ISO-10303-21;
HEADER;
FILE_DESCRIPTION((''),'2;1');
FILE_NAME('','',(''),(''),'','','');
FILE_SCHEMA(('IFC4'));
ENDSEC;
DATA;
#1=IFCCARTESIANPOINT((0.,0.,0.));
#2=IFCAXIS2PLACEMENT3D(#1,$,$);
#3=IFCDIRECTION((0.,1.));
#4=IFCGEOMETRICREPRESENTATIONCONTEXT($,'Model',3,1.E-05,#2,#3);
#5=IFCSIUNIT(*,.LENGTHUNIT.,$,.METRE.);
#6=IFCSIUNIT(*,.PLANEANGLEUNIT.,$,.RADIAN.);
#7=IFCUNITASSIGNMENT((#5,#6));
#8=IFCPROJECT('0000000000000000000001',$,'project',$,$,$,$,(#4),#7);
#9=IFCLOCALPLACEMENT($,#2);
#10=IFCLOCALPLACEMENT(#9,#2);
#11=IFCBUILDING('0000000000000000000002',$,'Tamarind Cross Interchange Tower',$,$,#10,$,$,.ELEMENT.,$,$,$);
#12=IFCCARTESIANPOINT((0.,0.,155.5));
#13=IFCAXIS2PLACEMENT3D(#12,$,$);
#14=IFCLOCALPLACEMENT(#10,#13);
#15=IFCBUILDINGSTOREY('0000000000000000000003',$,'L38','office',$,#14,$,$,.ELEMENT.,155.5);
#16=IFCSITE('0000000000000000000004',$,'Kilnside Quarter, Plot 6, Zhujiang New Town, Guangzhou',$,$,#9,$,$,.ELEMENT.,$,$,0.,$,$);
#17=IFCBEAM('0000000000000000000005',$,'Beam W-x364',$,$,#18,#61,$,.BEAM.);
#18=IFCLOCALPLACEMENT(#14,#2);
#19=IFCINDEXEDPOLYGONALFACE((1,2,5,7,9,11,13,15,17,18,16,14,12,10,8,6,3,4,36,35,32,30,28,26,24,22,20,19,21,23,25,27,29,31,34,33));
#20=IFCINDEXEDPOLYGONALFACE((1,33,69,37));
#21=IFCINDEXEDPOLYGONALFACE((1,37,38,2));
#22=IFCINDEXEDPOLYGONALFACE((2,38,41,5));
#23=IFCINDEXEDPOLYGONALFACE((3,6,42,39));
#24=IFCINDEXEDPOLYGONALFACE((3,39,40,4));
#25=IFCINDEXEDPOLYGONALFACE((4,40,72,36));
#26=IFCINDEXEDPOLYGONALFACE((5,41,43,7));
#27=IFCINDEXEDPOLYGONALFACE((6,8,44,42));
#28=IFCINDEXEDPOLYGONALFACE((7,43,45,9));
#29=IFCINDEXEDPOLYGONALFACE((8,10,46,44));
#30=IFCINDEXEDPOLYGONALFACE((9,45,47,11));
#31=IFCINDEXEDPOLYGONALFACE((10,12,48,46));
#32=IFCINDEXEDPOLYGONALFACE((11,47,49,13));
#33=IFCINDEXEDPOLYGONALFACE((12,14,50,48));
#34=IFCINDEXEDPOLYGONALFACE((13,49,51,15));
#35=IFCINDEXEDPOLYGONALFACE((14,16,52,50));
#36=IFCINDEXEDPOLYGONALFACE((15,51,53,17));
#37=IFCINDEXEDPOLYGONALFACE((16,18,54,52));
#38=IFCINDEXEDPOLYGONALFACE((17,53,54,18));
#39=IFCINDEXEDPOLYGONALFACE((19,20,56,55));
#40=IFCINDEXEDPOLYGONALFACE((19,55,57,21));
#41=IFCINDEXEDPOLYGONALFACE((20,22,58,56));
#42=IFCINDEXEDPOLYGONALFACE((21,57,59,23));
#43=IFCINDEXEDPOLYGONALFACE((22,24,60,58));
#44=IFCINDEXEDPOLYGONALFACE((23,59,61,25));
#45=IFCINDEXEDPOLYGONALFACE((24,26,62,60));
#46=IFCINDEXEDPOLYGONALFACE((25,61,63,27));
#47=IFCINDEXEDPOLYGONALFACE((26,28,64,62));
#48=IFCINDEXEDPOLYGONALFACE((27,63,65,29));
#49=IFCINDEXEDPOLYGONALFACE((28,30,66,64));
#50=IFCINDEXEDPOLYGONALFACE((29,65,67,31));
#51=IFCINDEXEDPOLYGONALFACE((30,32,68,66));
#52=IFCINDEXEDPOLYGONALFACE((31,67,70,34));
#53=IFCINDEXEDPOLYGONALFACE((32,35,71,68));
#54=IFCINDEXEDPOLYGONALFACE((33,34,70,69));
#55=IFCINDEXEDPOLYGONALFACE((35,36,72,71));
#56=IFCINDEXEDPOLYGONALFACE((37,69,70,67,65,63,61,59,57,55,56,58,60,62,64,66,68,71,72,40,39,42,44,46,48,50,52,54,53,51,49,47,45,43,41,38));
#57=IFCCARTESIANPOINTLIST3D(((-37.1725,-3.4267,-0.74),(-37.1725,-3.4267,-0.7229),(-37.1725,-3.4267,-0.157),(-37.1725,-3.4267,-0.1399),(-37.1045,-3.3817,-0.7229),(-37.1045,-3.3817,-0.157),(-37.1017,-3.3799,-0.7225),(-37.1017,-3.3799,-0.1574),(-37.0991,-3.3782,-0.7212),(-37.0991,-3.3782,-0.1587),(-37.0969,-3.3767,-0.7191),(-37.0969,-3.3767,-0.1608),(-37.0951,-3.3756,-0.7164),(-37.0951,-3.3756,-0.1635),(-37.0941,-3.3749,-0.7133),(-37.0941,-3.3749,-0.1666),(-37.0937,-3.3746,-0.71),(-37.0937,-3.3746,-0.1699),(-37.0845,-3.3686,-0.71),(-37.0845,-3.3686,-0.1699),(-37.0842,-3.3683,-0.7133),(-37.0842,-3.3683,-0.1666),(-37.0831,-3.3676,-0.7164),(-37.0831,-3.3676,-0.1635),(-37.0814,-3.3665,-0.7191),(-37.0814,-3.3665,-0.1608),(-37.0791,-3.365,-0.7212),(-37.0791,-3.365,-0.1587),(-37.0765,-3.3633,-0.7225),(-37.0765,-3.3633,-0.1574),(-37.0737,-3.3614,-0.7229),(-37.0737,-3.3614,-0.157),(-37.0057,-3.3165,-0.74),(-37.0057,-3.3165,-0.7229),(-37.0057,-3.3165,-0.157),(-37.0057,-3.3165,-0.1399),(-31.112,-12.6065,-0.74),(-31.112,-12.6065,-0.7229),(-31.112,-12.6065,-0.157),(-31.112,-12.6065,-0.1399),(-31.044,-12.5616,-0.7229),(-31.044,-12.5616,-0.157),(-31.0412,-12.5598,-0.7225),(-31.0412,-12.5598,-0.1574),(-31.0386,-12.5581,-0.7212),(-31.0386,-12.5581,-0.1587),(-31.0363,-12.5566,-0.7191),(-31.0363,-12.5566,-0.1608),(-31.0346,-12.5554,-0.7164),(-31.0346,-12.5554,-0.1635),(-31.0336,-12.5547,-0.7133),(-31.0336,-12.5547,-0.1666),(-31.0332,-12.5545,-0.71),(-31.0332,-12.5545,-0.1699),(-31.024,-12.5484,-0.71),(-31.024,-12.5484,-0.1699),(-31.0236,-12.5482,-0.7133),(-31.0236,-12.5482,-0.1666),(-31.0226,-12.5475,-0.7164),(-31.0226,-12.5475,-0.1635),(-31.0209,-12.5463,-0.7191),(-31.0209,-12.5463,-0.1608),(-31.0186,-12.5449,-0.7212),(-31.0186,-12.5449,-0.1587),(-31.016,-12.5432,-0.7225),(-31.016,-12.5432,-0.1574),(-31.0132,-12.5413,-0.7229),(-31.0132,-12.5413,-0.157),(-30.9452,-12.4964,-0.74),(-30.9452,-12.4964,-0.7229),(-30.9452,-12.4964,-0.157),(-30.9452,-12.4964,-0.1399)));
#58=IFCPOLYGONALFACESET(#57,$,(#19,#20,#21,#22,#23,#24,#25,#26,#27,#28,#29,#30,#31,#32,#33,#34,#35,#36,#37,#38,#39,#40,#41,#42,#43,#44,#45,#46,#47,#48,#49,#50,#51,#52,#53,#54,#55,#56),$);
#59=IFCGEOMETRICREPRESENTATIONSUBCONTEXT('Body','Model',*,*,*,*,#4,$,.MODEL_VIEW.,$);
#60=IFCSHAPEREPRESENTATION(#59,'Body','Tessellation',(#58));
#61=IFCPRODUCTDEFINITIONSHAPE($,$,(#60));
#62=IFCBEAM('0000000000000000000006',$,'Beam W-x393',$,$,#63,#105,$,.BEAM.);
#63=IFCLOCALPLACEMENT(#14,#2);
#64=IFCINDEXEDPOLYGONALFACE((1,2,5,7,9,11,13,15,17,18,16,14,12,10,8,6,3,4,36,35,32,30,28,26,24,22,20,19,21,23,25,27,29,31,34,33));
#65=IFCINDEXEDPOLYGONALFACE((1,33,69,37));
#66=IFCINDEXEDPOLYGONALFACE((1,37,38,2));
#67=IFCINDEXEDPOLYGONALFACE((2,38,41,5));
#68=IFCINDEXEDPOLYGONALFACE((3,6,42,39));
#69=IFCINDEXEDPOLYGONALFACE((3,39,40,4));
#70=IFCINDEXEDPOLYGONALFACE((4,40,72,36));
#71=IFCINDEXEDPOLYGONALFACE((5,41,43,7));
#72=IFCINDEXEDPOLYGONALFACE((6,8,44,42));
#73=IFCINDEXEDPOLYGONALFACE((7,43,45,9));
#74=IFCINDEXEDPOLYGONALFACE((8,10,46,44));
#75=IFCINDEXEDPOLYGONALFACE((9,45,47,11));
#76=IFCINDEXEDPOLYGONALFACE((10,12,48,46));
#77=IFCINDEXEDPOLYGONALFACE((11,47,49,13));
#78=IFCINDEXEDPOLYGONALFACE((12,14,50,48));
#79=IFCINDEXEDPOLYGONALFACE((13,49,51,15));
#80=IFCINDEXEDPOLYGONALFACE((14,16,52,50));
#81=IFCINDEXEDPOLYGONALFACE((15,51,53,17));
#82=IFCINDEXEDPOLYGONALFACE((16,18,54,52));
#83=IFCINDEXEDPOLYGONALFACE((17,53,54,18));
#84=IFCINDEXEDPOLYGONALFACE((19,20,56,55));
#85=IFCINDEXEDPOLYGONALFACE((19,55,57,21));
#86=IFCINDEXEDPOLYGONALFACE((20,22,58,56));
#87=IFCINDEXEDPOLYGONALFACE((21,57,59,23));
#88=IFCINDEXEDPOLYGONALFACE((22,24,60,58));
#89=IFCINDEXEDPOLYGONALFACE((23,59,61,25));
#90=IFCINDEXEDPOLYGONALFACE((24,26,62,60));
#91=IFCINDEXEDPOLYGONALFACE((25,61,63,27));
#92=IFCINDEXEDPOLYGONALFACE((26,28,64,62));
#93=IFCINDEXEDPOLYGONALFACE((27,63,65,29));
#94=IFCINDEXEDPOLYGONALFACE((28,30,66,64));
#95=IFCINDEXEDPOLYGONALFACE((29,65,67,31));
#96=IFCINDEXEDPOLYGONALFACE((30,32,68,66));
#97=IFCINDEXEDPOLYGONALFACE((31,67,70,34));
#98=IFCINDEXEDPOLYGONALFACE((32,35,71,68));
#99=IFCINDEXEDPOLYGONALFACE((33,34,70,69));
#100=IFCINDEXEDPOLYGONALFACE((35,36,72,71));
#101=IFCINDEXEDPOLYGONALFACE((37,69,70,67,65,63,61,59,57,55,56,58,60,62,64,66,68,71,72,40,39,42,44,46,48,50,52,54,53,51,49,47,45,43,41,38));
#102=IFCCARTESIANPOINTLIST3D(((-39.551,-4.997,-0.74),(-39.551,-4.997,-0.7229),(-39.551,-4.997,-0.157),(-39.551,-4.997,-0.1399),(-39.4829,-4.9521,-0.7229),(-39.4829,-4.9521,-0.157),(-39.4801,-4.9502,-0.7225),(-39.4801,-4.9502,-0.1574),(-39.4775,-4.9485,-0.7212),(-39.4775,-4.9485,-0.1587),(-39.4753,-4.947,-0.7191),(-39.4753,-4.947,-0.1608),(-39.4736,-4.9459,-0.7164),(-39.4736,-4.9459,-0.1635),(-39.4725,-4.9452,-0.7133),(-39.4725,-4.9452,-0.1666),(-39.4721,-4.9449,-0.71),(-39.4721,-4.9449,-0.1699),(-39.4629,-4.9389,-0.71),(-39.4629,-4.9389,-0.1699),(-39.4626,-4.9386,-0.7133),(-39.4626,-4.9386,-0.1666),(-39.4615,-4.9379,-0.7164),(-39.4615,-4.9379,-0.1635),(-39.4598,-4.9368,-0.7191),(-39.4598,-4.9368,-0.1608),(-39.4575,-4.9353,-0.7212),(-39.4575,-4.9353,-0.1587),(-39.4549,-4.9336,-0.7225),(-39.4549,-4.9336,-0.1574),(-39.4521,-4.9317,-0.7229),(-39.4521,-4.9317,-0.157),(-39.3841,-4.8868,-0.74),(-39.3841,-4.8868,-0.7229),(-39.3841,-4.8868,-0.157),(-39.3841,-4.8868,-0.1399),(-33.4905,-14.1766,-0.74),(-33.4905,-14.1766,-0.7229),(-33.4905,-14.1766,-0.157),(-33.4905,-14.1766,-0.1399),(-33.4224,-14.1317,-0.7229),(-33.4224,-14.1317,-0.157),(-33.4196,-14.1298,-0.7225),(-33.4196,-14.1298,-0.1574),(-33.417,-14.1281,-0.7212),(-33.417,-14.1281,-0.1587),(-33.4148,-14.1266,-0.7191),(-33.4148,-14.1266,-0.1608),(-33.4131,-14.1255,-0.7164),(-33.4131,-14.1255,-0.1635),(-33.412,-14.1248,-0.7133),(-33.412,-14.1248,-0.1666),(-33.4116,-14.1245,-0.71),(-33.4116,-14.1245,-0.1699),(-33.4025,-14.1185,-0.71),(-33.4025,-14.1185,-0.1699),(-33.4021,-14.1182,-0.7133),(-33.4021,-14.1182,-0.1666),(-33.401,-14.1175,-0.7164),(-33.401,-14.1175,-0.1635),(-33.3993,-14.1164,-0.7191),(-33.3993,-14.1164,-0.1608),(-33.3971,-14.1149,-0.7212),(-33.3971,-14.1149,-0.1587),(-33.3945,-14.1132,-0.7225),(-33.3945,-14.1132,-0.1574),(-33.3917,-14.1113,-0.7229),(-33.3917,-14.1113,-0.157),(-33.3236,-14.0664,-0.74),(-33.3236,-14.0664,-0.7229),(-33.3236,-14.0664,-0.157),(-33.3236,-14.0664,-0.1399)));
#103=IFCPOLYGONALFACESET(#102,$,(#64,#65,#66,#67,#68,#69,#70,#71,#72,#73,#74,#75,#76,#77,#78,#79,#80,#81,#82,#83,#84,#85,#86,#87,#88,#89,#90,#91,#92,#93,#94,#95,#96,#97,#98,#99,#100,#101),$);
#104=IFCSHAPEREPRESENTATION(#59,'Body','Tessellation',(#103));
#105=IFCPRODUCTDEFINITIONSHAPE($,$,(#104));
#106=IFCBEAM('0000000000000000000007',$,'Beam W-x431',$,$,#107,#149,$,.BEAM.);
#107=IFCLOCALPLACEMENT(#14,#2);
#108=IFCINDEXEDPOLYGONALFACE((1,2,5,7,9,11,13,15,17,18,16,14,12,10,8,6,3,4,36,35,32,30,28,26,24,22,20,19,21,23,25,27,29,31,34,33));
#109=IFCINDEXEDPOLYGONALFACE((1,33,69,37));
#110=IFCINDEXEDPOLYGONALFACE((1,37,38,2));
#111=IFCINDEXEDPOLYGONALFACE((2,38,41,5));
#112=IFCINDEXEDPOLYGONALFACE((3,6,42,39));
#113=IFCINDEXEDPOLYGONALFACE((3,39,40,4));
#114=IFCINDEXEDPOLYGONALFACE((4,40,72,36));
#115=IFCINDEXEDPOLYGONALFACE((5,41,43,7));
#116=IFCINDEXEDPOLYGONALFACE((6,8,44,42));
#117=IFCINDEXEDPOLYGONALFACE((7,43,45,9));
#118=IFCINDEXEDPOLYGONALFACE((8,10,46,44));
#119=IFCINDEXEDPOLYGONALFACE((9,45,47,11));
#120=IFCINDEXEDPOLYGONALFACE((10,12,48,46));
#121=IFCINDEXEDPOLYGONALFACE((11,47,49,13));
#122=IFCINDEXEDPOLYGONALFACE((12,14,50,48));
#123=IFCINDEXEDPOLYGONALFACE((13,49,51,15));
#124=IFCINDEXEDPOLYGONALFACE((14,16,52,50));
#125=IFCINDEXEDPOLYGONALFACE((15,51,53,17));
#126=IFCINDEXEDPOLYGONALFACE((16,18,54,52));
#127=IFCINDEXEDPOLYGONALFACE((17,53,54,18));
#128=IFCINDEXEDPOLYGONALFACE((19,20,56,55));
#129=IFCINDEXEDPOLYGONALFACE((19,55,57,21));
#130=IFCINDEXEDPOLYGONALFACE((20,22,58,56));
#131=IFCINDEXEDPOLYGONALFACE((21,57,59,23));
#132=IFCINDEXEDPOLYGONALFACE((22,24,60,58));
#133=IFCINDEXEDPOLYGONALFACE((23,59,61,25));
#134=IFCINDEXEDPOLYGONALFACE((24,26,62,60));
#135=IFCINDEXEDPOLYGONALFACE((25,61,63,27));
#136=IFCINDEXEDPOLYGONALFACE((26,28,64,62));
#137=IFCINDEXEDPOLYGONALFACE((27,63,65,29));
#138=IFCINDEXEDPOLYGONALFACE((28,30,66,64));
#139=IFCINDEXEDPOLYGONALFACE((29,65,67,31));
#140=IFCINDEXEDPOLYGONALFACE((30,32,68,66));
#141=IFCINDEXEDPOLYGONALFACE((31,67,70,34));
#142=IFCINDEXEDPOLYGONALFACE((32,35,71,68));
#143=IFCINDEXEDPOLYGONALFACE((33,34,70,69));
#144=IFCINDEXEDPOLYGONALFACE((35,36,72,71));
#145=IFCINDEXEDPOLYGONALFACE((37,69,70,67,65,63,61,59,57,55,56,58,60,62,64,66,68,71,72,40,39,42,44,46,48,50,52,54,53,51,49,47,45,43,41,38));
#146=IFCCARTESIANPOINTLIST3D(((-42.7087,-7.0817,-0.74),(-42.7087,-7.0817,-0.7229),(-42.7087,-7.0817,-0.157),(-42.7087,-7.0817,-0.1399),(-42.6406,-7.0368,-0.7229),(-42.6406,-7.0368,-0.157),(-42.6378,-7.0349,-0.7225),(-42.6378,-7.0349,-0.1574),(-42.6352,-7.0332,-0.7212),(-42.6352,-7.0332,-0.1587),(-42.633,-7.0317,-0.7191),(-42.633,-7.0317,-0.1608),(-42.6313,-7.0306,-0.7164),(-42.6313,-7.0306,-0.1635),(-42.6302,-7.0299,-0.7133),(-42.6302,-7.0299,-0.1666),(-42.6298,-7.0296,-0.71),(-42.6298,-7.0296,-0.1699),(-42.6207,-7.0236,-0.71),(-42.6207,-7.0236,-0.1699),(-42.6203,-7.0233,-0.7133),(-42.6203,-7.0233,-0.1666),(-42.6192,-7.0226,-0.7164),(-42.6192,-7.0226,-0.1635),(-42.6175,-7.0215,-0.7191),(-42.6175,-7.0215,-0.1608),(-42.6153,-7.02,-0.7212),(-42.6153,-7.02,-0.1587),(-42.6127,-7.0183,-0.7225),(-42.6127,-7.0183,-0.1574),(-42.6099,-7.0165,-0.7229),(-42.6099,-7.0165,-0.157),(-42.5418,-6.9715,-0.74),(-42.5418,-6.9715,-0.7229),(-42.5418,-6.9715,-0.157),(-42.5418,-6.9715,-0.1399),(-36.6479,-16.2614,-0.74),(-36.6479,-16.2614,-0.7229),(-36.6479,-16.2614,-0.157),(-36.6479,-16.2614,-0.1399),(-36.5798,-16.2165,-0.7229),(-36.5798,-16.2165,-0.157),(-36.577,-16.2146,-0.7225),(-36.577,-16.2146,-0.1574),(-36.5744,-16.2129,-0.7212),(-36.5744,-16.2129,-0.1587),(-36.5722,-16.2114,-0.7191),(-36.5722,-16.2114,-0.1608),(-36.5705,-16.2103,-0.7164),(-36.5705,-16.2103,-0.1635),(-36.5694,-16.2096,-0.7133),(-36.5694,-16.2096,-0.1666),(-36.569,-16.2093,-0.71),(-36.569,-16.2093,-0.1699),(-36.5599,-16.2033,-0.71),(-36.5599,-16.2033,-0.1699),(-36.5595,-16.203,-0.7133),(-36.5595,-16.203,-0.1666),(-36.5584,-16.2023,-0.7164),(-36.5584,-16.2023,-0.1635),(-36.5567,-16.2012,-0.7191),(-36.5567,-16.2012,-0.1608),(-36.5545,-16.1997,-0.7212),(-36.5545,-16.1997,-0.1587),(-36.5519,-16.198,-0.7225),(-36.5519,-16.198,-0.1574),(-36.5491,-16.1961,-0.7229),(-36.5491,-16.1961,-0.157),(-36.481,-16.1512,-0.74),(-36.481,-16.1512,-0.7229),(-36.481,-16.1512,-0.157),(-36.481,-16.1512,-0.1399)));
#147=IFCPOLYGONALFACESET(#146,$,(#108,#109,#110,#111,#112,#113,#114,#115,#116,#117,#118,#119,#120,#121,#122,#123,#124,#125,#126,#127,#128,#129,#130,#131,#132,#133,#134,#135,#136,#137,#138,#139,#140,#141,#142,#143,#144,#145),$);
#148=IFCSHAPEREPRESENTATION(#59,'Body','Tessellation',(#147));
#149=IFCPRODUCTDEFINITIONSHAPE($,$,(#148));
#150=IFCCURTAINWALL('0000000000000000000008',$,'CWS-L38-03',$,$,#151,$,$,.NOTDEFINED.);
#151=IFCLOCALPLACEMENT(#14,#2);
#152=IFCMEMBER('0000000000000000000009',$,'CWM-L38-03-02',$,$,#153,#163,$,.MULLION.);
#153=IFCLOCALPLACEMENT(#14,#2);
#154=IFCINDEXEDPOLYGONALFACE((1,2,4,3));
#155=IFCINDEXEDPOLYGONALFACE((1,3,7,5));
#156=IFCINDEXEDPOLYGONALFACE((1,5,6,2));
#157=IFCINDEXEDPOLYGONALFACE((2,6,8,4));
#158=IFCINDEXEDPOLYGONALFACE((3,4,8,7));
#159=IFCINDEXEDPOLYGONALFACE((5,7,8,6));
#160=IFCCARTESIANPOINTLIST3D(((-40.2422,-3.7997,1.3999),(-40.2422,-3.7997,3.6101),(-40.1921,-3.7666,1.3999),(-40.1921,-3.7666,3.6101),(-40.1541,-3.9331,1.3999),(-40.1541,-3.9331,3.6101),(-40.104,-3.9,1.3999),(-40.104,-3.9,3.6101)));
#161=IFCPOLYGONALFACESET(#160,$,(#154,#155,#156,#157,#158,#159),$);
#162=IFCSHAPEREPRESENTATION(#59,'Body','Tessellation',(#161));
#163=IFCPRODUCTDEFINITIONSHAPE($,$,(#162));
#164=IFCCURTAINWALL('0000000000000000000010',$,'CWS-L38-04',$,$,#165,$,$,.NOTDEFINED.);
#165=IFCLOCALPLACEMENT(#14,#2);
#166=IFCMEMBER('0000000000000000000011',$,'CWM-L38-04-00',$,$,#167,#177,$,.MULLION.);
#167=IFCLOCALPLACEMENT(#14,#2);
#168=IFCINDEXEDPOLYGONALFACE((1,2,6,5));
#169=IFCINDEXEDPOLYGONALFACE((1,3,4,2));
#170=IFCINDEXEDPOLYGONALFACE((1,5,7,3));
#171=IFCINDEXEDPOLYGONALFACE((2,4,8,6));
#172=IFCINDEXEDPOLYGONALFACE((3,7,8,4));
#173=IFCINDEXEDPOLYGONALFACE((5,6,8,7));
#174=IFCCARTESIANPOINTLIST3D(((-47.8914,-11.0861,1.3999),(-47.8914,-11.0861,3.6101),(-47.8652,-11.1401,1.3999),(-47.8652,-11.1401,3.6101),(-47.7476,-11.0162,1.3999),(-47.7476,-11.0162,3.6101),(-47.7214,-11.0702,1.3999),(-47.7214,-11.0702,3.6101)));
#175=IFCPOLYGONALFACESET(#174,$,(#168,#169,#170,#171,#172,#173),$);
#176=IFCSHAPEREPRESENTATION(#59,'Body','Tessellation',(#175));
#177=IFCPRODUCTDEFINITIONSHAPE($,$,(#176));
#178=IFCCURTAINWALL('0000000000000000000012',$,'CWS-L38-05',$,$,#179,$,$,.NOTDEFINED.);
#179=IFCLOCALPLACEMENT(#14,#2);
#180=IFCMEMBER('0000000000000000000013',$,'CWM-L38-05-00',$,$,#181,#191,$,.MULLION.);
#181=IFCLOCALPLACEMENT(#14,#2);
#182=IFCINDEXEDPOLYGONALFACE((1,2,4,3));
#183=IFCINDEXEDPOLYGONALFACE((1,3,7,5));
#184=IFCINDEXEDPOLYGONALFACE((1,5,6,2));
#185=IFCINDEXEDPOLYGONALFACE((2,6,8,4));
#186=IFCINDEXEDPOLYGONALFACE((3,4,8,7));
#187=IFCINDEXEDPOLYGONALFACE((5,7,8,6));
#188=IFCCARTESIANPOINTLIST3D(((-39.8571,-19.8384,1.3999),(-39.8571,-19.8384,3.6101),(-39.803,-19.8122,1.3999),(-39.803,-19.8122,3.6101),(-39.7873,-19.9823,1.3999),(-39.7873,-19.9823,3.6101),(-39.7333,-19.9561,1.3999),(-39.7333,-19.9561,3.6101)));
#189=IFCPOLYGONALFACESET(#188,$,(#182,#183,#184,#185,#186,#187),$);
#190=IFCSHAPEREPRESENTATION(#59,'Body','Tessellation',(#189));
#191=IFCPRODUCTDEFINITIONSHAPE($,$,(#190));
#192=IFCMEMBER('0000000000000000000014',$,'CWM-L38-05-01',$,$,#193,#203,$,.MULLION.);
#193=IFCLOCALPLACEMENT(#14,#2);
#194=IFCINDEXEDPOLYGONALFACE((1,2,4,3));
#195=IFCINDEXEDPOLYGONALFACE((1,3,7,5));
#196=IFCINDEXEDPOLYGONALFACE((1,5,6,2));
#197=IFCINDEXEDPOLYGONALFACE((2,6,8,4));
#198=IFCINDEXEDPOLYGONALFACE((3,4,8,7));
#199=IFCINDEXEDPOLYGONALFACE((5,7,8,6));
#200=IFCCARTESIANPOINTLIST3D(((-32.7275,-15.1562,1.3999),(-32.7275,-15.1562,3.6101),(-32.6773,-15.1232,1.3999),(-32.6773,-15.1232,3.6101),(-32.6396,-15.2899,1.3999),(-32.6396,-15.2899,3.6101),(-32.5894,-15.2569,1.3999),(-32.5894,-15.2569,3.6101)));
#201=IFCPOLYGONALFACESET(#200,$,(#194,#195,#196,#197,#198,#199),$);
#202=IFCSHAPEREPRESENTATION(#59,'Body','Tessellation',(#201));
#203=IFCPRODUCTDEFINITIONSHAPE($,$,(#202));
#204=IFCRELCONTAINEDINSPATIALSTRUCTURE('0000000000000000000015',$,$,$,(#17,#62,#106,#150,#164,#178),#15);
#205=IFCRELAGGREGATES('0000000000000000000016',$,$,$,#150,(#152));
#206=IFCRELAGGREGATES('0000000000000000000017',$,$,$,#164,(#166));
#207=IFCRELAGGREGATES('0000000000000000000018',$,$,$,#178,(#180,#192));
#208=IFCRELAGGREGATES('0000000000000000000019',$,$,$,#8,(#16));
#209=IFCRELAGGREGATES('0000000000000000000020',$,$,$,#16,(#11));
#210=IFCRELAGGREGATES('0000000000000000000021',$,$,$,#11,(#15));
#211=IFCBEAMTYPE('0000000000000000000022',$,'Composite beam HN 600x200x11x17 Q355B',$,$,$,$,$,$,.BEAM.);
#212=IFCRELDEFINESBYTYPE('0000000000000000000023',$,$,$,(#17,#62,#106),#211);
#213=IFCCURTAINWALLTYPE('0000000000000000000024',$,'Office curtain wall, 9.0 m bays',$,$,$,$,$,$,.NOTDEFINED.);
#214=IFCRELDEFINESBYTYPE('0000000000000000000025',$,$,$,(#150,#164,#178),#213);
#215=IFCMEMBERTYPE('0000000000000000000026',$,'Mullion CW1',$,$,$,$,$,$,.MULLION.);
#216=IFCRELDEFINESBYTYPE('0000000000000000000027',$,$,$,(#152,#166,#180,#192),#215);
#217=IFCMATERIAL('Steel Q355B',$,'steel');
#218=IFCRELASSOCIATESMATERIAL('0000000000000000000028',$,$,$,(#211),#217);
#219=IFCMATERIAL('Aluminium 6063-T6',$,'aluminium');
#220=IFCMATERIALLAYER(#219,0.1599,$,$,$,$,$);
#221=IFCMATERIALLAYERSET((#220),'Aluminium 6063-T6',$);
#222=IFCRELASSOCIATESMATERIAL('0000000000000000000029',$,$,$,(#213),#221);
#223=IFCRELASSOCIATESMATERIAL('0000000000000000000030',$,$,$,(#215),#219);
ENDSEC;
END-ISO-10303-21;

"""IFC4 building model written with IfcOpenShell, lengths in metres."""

from ifc_helpers import new_model, si_unit, direction, frame, origin, origin_2d, place, context, subcontext, project, spatial, rectangle, i_section, extrude, material, layer, layer_set, material_profile, profile_set, type_object, element, aggregate, save


model = new_model("IFC4")

# Units and contexts
model_context = context("Model", 3, precision=1e-05, world=origin(), true_north=direction((0.0, 1.0)))
body_context = subcontext(model_context, "Body", "Model", "MODEL_VIEW")
ifc_project = project(units=[si_unit("LENGTHUNIT", "METRE"), si_unit("PLANEANGLEUNIT", "RADIAN")], contexts=[model_context])

# Site, building, storey
site_placement = place(None, origin())
site = spatial("IfcSite", under=ifc_project, at=site_placement, Name="Kilnside Quarter, Plot 6, Zhujiang New Town, Guangzhou", CompositionType="ELEMENT", RefElevation=0.0)
building_placement = place(site_placement, origin())
building = spatial("IfcBuilding", under=site, at=building_placement, Name="Tamarind Cross Interchange Tower", CompositionType="ELEMENT")
storey_placement = place(building_placement, frame((0.0, 0.0, 155.5)))
storey = spatial("IfcBuildingStorey", under=building, at=storey_placement, Name="L38", Description="office", CompositionType="ELEMENT", Elevation=155.5)

# Beams
ifc_material_1 = material(Name="Steel Q355B", Category="steel")
ifc_material_profile_1 = material_profile(ifc_material_1, i_section(OverallWidth=0.2, OverallDepth=0.6001, WebThickness=0.011, FlangeThickness=0.0171, FilletRadius=0.0129, at=origin_2d()), Name="HN 600x200x11x17")
ifc_profile_set_1 = profile_set([ifc_material_profile_1], Name="Steel Q355B")
beam_type_1 = type_object("IfcBeamType", Name="Composite beam HN 600x200x11x17 Q355B", PredefinedType="BEAM", material=ifc_profile_set_1)
beam_1_placement = place(storey_placement, frame((-37.0891, -3.3716, -0.4399), z_axis=(0.550956, -0.834535, 0.0), x_axis=(0.834535, 0.550956, 0.0)))
element("IfcBeam", 1, at=beam_1_placement, inside=storey, type_object=beam_type_1, Name="Beam W-x364", PredefinedType="BEAM", context=body_context, shape_type="SweptSolid", body=[
    extrude(i_section(OverallWidth=0.2, OverallDepth=0.6001, WebThickness=0.011, FlangeThickness=0.0171, FilletRadius=0.0129, at=origin_2d()), origin(), (0.0, 0.0, 1.0), 11.0),
])
beam_2_placement = place(storey_placement, frame((-39.4675, -4.9419, -0.4399), z_axis=(0.550966, -0.834528, 0.0), x_axis=(0.834528, 0.550966, 0.0)))
element("IfcBeam", 2, at=beam_2_placement, inside=storey, type_object=beam_type_1, Name="Beam W-x393", PredefinedType="BEAM", context=body_context, shape_type="SweptSolid", body=[
    extrude(i_section(OverallWidth=0.2, OverallDepth=0.6001, WebThickness=0.011, FlangeThickness=0.0171, FilletRadius=0.0129, at=origin_2d()), origin(), (0.0, 0.0, 1.0), 10.9998),
])
beam_3_placement = place(storey_placement, frame((-42.6252, -7.0266, -0.4399), z_axis=(0.550981, -0.834518, 0.0), x_axis=(0.834518, 0.550981, 0.0)))
element("IfcBeam", 3, at=beam_3_placement, inside=storey, type_object=beam_type_1, Name="Beam W-x431", PredefinedType="BEAM", context=body_context, shape_type="SweptSolid", body=[
    extrude(i_section(OverallWidth=0.2, OverallDepth=0.6001, WebThickness=0.011, FlangeThickness=0.0171, FilletRadius=0.0129, at=origin_2d()), origin(), (0.0, 0.0, 1.0), 11.0),
])

# Curtain walls, members
ifc_material_2 = material(Name="Aluminium 6063-T6", Category="aluminium")
ifc_layer_1 = layer(ifc_material_2, 0.1599)
ifc_layer_set_1 = layer_set([ifc_layer_1], Name="Aluminium 6063-T6")
curtain_wall_type = type_object("IfcCurtainWallType", Name="Office curtain wall, 9.0 m bays", PredefinedType="NOTDEFINED", material=ifc_layer_set_1)
curtain_wall_1_placement = place(storey_placement, origin())
curtain_wall_1 = element("IfcCurtainWall", 4, at=curtain_wall_1_placement, inside=storey, type_object=curtain_wall_type, Name="CWS-L38-03", PredefinedType="NOTDEFINED")
ifc_material_profile_2 = material_profile(ifc_material_2, rectangle(XDim=0.0601, YDim=0.1599, at=origin_2d()), Name="Mullion CW1")
ifc_profile_set_2 = profile_set([ifc_material_profile_2], Name="Aluminium 6063-T6")
member_type = type_object("IfcMemberType", Name="Mullion CW1", PredefinedType="MULLION", material=ifc_profile_set_2)
member_1_placement = place(storey_placement, frame((-40.1731, -3.8499, 1.3999), z_axis=(0.0, 0.0, 1.0), x_axis=(-0.834525, -0.55097, 0.0)))
member_1 = element("IfcMember", 5, at=member_1_placement, type_object=member_type, Name="CWM-L38-03-02", PredefinedType="MULLION", context=body_context, shape_type="SweptSolid", body=[
    extrude(rectangle(XDim=0.0601, YDim=0.1599, at=origin_2d()), origin(), (0.0, 0.0, 1.0), 2.2102),
])
aggregate(curtain_wall_1, [member_1])
curtain_wall_2_placement = place(storey_placement, origin())
curtain_wall_2 = element("IfcCurtainWall", 6, at=curtain_wall_2_placement, inside=storey, type_object=curtain_wall_type, Name="CWS-L38-04", PredefinedType="NOTDEFINED")
member_2_placement = place(storey_placement, frame((-47.8064, -11.0781, 1.3999), z_axis=(0.0, 0.0, 1.0), x_axis=(0.437329, -0.899301, 0.0)))
member_2 = element("IfcMember", 7, at=member_2_placement, type_object=member_type, Name="CWM-L38-04-00", PredefinedType="MULLION", context=body_context, shape_type="SweptSolid", body=[
    extrude(rectangle(XDim=0.0601, YDim=0.1599, at=origin_2d()), origin(), (0.0, 0.0, 1.0), 2.2102),
])
aggregate(curtain_wall_2, [member_2])

# Curtain wall, members
curtain_wall_3_placement = place(storey_placement, origin())
curtain_wall_3 = element("IfcCurtainWall", 8, at=curtain_wall_3_placement, inside=storey, type_object=curtain_wall_type, Name="CWS-L38-05", PredefinedType="NOTDEFINED")
member_3_placement = place(storey_placement, frame((-39.7952, -19.8972, 1.3999), z_axis=(0.0, 0.0, 1.0), x_axis=(0.899752, 0.436402, 0.0)))
member_3 = element("IfcMember", 9, at=member_3_placement, type_object=member_type, Name="CWM-L38-05-00", PredefinedType="MULLION", context=body_context, shape_type="SweptSolid", body=[
    extrude(rectangle(XDim=0.0601, YDim=0.1599, at=origin_2d()), origin(), (0.0, 0.0, 1.0), 2.2102),
])
member_4_placement = place(storey_placement, frame((-32.6584, -15.2065, 1.3999), z_axis=(0.0, 0.0, 1.0), x_axis=(0.83566, 0.549248, 0.0)))
member_4 = element("IfcMember", 10, at=member_4_placement, type_object=member_type, Name="CWM-L38-05-01", PredefinedType="MULLION", context=body_context, shape_type="SweptSolid", body=[
    extrude(rectangle(XDim=0.0601, YDim=0.1599, at=origin_2d()), origin(), (0.0, 0.0, 1.0), 2.2102),
])
aggregate(curtain_wall_3, [member_3, member_4])

save(model, "model.ifc")
